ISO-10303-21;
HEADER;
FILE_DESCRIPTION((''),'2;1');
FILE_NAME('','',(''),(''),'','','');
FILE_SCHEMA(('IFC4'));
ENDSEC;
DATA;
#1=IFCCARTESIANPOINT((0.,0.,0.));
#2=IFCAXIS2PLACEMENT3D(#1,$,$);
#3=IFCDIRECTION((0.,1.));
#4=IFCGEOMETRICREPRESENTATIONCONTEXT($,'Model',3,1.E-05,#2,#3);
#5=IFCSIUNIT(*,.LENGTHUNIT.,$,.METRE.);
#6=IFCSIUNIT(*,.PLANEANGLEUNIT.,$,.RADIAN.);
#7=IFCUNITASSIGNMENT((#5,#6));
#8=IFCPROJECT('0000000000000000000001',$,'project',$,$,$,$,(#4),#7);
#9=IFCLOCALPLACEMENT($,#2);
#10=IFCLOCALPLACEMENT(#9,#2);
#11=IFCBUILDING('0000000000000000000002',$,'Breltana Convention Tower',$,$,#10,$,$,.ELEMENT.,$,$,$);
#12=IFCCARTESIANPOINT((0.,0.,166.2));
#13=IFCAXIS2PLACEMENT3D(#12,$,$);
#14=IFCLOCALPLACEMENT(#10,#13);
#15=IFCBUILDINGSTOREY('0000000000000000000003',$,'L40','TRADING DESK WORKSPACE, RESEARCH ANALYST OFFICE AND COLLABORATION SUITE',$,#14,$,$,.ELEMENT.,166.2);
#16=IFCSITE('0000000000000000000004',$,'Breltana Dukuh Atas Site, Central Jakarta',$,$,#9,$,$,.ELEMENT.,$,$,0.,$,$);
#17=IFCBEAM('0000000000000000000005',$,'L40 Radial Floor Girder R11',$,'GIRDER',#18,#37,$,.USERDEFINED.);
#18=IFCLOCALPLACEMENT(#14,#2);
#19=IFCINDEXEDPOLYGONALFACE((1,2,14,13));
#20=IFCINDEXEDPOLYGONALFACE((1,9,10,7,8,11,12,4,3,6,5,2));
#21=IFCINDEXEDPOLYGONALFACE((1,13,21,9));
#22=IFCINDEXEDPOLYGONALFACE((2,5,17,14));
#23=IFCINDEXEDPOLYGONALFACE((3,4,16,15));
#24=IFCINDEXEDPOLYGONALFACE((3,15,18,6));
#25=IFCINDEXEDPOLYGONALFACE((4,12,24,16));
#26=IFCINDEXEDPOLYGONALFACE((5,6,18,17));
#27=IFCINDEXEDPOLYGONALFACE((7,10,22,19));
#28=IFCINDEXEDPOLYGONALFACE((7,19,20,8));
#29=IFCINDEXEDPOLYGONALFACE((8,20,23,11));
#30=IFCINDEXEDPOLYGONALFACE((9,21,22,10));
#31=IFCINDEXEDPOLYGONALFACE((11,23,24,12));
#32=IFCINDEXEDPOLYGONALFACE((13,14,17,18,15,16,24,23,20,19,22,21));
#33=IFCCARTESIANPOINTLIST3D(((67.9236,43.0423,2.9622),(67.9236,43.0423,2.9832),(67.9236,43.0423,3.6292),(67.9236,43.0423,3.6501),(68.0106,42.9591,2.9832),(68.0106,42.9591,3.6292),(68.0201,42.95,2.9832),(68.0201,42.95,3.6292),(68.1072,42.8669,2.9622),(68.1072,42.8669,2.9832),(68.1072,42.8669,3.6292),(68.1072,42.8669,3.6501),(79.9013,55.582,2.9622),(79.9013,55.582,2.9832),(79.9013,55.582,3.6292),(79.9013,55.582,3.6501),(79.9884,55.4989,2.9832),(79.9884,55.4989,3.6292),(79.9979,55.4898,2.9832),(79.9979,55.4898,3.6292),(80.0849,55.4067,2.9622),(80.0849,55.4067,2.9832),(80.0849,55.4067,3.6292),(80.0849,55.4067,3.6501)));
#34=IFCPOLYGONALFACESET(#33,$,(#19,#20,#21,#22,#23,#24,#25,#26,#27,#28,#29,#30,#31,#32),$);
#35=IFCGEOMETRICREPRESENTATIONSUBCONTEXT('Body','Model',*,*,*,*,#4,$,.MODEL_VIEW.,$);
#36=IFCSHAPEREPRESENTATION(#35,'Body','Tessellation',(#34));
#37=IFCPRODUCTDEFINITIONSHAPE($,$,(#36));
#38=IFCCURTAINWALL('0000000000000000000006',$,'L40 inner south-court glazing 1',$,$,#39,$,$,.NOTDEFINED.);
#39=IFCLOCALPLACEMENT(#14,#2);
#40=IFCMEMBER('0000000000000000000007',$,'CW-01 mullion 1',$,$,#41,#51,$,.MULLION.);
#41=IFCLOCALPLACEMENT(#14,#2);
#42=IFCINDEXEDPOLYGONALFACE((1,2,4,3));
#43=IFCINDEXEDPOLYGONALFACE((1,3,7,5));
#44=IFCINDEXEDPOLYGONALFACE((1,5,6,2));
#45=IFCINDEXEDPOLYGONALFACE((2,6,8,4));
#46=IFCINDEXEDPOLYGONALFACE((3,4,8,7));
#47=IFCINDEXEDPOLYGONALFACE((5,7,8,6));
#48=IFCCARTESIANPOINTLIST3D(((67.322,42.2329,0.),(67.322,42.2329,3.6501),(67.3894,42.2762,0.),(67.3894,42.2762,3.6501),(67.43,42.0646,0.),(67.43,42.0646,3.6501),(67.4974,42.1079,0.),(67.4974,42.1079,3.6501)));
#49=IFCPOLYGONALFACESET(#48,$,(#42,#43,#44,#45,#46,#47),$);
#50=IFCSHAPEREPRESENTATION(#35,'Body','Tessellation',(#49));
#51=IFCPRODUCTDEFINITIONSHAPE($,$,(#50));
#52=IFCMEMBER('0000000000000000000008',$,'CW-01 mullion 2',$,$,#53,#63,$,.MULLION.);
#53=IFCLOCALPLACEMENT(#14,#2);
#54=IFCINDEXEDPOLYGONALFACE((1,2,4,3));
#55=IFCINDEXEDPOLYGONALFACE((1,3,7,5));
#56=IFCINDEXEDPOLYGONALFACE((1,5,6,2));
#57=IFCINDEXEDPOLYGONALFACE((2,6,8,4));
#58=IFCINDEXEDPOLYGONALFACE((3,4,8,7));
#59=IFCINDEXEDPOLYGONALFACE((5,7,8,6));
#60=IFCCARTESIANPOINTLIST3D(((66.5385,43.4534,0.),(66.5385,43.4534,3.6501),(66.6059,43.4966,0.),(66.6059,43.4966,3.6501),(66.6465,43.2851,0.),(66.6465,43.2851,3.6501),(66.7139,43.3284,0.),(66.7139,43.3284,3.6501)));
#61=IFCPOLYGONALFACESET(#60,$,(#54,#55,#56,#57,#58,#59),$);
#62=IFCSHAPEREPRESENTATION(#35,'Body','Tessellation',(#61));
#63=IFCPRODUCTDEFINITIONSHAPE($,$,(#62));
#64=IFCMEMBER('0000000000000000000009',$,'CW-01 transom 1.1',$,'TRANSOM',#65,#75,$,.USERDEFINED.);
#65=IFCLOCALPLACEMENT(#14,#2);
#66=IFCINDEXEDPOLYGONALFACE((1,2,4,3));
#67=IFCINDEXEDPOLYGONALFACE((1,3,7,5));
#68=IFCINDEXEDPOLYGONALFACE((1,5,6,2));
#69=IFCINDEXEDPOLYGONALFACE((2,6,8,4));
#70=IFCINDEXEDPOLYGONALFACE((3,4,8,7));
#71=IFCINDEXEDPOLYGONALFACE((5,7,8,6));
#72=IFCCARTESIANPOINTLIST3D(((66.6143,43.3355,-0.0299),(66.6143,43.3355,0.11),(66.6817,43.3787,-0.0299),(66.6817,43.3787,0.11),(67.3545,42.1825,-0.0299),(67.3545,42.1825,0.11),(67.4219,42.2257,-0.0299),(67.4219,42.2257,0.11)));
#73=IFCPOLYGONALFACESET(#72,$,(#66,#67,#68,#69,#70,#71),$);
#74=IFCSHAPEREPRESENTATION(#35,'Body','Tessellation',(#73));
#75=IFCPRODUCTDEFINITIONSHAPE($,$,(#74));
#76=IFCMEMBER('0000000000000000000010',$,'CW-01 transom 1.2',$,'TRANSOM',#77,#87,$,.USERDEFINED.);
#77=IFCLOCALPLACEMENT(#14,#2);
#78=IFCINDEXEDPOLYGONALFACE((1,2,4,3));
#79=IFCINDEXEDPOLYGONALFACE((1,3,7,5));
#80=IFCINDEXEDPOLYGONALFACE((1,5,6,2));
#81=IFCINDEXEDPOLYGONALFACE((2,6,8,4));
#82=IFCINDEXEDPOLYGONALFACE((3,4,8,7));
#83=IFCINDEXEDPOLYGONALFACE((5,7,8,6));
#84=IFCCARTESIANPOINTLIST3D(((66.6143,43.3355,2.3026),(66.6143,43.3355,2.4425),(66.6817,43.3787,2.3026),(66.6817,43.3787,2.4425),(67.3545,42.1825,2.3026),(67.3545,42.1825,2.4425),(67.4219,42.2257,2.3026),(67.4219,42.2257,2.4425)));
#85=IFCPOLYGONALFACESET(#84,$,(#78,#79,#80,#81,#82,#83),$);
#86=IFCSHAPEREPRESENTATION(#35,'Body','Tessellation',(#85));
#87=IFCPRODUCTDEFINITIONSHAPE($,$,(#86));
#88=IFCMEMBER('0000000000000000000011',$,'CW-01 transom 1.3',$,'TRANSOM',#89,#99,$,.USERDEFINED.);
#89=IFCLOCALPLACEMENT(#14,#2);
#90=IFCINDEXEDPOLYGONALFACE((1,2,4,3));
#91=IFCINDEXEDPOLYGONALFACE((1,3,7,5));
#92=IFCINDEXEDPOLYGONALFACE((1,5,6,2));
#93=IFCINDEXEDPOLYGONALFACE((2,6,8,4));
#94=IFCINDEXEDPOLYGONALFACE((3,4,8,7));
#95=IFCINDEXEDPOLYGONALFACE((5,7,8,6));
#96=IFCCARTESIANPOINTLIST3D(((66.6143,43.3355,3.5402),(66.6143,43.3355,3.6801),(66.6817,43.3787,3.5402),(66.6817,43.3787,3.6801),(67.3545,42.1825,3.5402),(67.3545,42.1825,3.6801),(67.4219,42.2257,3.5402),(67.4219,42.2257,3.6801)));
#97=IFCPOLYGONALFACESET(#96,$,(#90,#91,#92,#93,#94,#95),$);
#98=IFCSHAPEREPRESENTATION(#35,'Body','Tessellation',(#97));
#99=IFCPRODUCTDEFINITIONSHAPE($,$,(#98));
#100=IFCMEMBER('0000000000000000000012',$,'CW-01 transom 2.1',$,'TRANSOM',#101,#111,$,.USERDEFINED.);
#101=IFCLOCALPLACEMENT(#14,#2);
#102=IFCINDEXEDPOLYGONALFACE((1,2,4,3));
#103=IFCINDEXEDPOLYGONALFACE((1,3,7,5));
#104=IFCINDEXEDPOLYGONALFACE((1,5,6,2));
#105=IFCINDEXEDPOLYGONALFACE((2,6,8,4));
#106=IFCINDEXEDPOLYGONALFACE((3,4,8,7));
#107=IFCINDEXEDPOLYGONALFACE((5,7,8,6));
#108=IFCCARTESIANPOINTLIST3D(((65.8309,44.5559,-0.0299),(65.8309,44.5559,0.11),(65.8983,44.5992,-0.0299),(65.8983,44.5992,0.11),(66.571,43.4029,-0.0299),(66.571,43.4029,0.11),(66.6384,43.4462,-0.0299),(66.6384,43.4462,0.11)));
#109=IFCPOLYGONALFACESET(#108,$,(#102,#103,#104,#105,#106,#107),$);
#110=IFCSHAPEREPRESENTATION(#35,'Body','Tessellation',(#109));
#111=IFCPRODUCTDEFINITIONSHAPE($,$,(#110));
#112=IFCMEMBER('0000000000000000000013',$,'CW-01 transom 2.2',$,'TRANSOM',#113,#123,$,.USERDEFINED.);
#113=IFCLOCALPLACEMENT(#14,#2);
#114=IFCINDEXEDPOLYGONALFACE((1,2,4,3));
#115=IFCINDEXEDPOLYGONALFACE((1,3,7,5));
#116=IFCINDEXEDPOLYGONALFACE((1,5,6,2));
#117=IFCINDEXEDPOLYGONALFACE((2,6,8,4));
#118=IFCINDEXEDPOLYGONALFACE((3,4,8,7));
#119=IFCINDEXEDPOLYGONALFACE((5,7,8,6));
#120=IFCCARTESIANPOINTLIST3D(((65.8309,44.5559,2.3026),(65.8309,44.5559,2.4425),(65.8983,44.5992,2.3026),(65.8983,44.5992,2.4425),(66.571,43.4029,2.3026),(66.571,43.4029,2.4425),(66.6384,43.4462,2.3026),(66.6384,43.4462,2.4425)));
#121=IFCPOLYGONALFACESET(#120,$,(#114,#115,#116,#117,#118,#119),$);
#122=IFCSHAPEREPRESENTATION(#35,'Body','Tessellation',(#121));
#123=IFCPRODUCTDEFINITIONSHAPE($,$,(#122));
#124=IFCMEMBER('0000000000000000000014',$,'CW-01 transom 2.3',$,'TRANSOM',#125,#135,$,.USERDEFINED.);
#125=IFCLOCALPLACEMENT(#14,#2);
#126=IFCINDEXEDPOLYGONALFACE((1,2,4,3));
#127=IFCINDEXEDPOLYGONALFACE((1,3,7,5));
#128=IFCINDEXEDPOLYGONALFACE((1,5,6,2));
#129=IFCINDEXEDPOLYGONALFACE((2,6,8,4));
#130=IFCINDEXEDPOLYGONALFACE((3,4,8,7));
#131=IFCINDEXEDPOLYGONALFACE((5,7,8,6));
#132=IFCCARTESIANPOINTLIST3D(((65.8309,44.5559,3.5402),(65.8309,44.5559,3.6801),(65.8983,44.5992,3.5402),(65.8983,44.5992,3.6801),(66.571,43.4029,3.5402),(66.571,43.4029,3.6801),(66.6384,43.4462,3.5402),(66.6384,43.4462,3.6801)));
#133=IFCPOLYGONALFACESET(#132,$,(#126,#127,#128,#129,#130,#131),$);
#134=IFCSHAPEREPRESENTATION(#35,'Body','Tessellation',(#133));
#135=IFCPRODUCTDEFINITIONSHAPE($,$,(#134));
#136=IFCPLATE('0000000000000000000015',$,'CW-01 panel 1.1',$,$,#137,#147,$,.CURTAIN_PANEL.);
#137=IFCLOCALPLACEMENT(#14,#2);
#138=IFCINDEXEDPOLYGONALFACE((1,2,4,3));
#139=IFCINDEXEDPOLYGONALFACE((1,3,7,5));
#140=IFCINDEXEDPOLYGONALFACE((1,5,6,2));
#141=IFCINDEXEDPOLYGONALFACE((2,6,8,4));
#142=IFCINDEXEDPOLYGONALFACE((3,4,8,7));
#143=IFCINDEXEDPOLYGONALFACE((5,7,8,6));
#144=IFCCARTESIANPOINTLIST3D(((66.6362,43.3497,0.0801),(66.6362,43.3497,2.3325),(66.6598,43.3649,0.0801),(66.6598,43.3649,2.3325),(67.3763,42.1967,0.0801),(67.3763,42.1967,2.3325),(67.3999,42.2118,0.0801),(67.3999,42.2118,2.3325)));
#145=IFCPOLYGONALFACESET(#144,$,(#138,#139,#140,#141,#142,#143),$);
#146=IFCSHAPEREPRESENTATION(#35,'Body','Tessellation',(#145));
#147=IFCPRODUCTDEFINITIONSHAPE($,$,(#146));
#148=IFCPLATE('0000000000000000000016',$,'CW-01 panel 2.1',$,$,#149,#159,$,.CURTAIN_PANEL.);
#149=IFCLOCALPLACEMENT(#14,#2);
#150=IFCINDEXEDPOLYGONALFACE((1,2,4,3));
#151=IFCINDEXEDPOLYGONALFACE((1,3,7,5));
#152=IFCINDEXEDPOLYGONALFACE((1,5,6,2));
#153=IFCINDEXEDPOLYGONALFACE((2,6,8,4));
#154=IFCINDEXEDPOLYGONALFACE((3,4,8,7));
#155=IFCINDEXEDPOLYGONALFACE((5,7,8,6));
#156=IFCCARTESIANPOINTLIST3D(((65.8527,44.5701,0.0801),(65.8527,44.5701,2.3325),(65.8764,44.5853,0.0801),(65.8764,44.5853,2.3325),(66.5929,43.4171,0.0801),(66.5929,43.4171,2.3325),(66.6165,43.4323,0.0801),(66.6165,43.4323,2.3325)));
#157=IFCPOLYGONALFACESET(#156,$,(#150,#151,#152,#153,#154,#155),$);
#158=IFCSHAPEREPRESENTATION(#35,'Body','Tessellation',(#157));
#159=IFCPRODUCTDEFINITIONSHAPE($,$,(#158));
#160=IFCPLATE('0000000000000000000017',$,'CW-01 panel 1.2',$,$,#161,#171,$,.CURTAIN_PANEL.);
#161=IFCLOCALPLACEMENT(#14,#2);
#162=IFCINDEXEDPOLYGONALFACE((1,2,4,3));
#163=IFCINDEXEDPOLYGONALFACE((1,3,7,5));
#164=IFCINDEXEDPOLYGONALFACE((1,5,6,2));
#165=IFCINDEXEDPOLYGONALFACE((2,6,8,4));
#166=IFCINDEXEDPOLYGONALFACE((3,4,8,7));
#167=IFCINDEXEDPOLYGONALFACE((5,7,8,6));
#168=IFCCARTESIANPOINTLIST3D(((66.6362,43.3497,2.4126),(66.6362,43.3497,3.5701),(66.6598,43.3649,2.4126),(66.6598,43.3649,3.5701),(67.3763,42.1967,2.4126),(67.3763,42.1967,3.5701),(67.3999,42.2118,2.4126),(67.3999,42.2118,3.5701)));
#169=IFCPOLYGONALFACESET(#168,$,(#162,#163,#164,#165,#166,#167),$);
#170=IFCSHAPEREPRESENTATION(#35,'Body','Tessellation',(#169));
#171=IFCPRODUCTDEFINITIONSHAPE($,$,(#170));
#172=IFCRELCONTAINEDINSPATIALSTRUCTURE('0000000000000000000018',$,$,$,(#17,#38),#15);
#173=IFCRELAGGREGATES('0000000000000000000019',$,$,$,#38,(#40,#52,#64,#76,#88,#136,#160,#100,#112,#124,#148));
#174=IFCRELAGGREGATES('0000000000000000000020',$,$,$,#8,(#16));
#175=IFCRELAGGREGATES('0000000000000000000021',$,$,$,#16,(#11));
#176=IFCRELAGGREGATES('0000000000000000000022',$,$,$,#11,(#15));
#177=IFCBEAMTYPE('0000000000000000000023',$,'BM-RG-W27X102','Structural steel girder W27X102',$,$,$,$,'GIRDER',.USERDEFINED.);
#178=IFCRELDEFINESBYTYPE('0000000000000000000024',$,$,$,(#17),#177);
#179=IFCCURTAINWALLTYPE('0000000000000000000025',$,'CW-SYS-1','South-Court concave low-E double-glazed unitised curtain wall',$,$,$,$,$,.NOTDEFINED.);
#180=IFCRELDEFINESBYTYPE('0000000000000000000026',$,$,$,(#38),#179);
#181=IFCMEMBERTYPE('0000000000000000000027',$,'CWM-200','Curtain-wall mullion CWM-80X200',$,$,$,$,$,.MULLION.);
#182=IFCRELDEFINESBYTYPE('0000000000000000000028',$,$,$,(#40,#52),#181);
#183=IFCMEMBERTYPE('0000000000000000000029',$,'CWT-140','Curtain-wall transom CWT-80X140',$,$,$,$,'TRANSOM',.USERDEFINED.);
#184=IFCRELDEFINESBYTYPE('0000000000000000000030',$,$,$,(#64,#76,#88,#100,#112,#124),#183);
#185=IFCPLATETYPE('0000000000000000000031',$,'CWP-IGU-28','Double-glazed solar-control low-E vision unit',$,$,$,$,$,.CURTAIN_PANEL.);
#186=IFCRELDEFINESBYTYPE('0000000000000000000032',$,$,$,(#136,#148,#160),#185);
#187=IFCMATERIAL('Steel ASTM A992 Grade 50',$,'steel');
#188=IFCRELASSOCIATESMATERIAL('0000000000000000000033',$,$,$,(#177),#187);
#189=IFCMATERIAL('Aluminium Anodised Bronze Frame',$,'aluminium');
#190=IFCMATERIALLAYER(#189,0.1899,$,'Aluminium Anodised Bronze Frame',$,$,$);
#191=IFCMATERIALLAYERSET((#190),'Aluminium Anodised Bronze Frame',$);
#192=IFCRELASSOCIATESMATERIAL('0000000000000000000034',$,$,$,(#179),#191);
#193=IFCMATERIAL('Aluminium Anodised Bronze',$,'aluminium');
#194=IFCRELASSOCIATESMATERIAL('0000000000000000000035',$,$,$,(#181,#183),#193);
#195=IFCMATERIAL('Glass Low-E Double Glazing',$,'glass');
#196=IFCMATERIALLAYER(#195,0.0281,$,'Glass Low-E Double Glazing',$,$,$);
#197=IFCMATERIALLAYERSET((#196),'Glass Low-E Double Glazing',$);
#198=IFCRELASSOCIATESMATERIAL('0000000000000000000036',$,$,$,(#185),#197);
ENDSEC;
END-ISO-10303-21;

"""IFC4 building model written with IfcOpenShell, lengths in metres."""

from ifc_helpers import new_model, si_unit, direction, frame, origin, origin_2d, place, context, subcontext, project, spatial, rectangle, i_section, extrude, source, transform, mapped, material, layer, layer_set, material_profile, profile_set, type_object, type_shapes, element, aggregate, save


model = new_model("IFC4")

# Units and contexts
model_context = context("Model", 3, precision=1e-05, world=origin(), true_north=direction((0.0, 1.0)))
body_context = subcontext(model_context, "Body", "Model", "MODEL_VIEW")
ifc_project = project(units=[si_unit("LENGTHUNIT", "METRE"), si_unit("PLANEANGLEUNIT", "RADIAN")], contexts=[model_context])

# Site, building, storey
site_placement = place(None, origin())
site = spatial("IfcSite", under=ifc_project, at=site_placement, Name="Breltana Dukuh Atas Site, Central Jakarta", CompositionType="ELEMENT", RefElevation=0.0)
building_placement = place(site_placement, origin())
building = spatial("IfcBuilding", under=site, at=building_placement, Name="Breltana Convention Tower", CompositionType="ELEMENT")
storey_placement = place(building_placement, frame((0.0, 0.0, 166.2)))
storey = spatial("IfcBuildingStorey", under=building, at=storey_placement, Name="L40", Description="TRADING DESK WORKSPACE, RESEARCH ANALYST OFFICE AND COLLABORATION SUITE", CompositionType="ELEMENT", Elevation=166.2)

# Beam
ifc_material_1 = material(Name="Steel ASTM A992 Grade 50", Category="steel")
ifc_material_profile_1 = material_profile(ifc_material_1, i_section(OverallWidth=0.2539, OverallDepth=0.688, WebThickness=0.0132, FlangeThickness=0.021, at=origin_2d()), Name="W27X102")
ifc_profile_set_1 = profile_set([ifc_material_profile_1], Name="Steel ASTM A992 Grade 50")
beam_type = type_object("IfcBeamType", Name="BM-RG-W27X102", Description="Structural steel girder W27X102", ElementType="GIRDER", PredefinedType="USERDEFINED", material=ifc_profile_set_1)
shared_shape_1 = source(origin(), body_context, "Body", "SweptSolid", [
    extrude(i_section(OverallWidth=0.2539, OverallDepth=0.688, WebThickness=0.0132, FlangeThickness=0.021, at=origin_2d()), origin(), (0.0, 0.0, 1.0), 17.3411),
])
type_shapes(beam_type, [shared_shape_1])
beam_placement = place(storey_placement, frame((68.0154, 42.9546, 3.3062), z_axis=(0.690716, 0.723126, 0.0), x_axis=(-0.723126, 0.690716, 0.0)))
element("IfcBeam", 1, at=beam_placement, inside=storey, type_object=beam_type, Name="L40 Radial Floor Girder R11", ObjectType="GIRDER", PredefinedType="USERDEFINED", context=body_context, shape_type="MappedRepresentation", body=[
    mapped(shared_shape_1, transform((0.0, 0.0, 0.0), scale=1.0)),
])

# Curtain wall, members, plates
ifc_material_2 = material(Name="Aluminium Anodised Bronze Frame", Category="aluminium")
ifc_layer_1 = layer(ifc_material_2, 0.1899, Name="Aluminium Anodised Bronze Frame")
ifc_layer_set_1 = layer_set([ifc_layer_1], Name="Aluminium Anodised Bronze Frame")
curtain_wall_type = type_object("IfcCurtainWallType", Name="CW-SYS-1", Description="South-Court concave low-E double-glazed unitised curtain wall", PredefinedType="NOTDEFINED", material=ifc_layer_set_1)
curtain_wall_placement = place(storey_placement, origin())
curtain_wall = element("IfcCurtainWall", 2, at=curtain_wall_placement, inside=storey, type_object=curtain_wall_type, Name="L40 inner south-court glazing 1", PredefinedType="NOTDEFINED")
ifc_material_3 = material(Name="Aluminium Anodised Bronze", Category="aluminium")
ifc_material_profile_2 = material_profile(ifc_material_3, rectangle(XDim=0.0801, YDim=0.2, at=origin_2d()), Name="CWM-80X200")
ifc_profile_set_2 = profile_set([ifc_material_profile_2], Name="Aluminium Anodised Bronze")
member_type_1 = type_object("IfcMemberType", Name="CWM-200", Description="Curtain-wall mullion CWM-80X200", PredefinedType="MULLION", material=ifc_profile_set_2)
shared_shape_2 = source(origin(), body_context, "Body", "SweptSolid", [
    extrude(rectangle(XDim=0.0801, YDim=0.2, at=origin_2d()), origin(), (0.0, 0.0, 1.0), 3.6501),
])
member_1_placement = place(storey_placement, frame((67.4097, 42.1704, 0.0), z_axis=(0.0, 0.0, 1.0), x_axis=(-0.841547, -0.540184, 0.0)))
member_1 = element("IfcMember", 3, at=member_1_placement, type_object=member_type_1, Name="CW-01 mullion 1", PredefinedType="MULLION", context=body_context, shape_type="MappedRepresentation", body=[
    mapped(shared_shape_2, transform((0.0, 0.0, 0.0), scale=1.0)),
])
member_2_placement = place(storey_placement, frame((66.6262, 43.3909, 0.0), z_axis=(0.0, 0.0, 1.0), x_axis=(-0.841547, -0.540184, 0.0)))
member_2 = element("IfcMember", 4, at=member_2_placement, type_object=member_type_1, Name="CW-01 mullion 2", PredefinedType="MULLION", context=body_context, shape_type="MappedRepresentation", body=[
    mapped(shared_shape_2, transform((0.0, 0.0, 0.0), scale=1.0)),
])
ifc_material_profile_3 = material_profile(ifc_material_3, rectangle(XDim=0.0801, YDim=0.1399, at=origin_2d()), Name="CWT-80X140")
ifc_profile_set_3 = profile_set([ifc_material_profile_3], Name="Aluminium Anodised Bronze")
member_type_2 = type_object("IfcMemberType", Name="CWT-140", Description="Curtain-wall transom CWT-80X140", ElementType="TRANSOM", PredefinedType="USERDEFINED", material=ifc_profile_set_3)
shared_shape_3 = source(origin(), body_context, "Body", "SweptSolid", [
    extrude(rectangle(XDim=0.0801, YDim=0.1399, at=origin_2d()), origin(), (0.0, 0.0, 1.0), 1.3701),
])
member_3_placement = place(storey_placement, frame((67.3882, 42.2041, 0.04), z_axis=(-0.540226, 0.84152, 0.0), x_axis=(-0.84152, -0.540226, 0.0)))
member_3 = element("IfcMember", 5, at=member_3_placement, type_object=member_type_2, Name="CW-01 transom 1.1", ObjectType="TRANSOM", PredefinedType="USERDEFINED", context=body_context, shape_type="MappedRepresentation", body=[
    mapped(shared_shape_3, transform((0.0, 0.0, 0.0), scale=1.0)),
])
member_4_placement = place(storey_placement, frame((67.3882, 42.2041, 2.3726), z_axis=(-0.540226, 0.84152, 0.0), x_axis=(-0.84152, -0.540226, 0.0)))
member_4 = element("IfcMember", 6, at=member_4_placement, type_object=member_type_2, Name="CW-01 transom 1.2", ObjectType="TRANSOM", PredefinedType="USERDEFINED", context=body_context, shape_type="MappedRepresentation", body=[
    mapped(shared_shape_3, transform((0.0, 0.0, 0.0), scale=1.0)),
])
member_5_placement = place(storey_placement, frame((67.3882, 42.2041, 3.6101), z_axis=(-0.540226, 0.84152, 0.0), x_axis=(-0.84152, -0.540226, 0.0)))
member_5 = element("IfcMember", 7, at=member_5_placement, type_object=member_type_2, Name="CW-01 transom 1.3", ObjectType="TRANSOM", PredefinedType="USERDEFINED", context=body_context, shape_type="MappedRepresentation", body=[
    mapped(shared_shape_3, transform((0.0, 0.0, 0.0), scale=1.0)),
])
member_6_placement = place(storey_placement, frame((66.6047, 43.4246, 0.04), z_axis=(-0.540226, 0.84152, 0.0), x_axis=(-0.84152, -0.540226, 0.0)))
member_6 = element("IfcMember", 8, at=member_6_placement, type_object=member_type_2, Name="CW-01 transom 2.1", ObjectType="TRANSOM", PredefinedType="USERDEFINED", context=body_context, shape_type="MappedRepresentation", body=[
    mapped(shared_shape_3, transform((0.0, 0.0, 0.0), scale=1.0)),
])
member_7_placement = place(storey_placement, frame((66.6047, 43.4246, 2.3726), z_axis=(-0.540226, 0.84152, 0.0), x_axis=(-0.84152, -0.540226, 0.0)))
member_7 = element("IfcMember", 9, at=member_7_placement, type_object=member_type_2, Name="CW-01 transom 2.2", ObjectType="TRANSOM", PredefinedType="USERDEFINED", context=body_context, shape_type="MappedRepresentation", body=[
    mapped(shared_shape_3, transform((0.0, 0.0, 0.0), scale=1.0)),
])
member_8_placement = place(storey_placement, frame((66.6047, 43.4246, 3.6101), z_axis=(-0.540226, 0.84152, 0.0), x_axis=(-0.84152, -0.540226, 0.0)))
member_8 = element("IfcMember", 10, at=member_8_placement, type_object=member_type_2, Name="CW-01 transom 2.3", ObjectType="TRANSOM", PredefinedType="USERDEFINED", context=body_context, shape_type="MappedRepresentation", body=[
    mapped(shared_shape_3, transform((0.0, 0.0, 0.0), scale=1.0)),
])
ifc_material_4 = material(Name="Glass Low-E Double Glazing", Category="glass")
ifc_layer_2 = layer(ifc_material_4, 0.0281, Name="Glass Low-E Double Glazing")
ifc_layer_set_2 = layer_set([ifc_layer_2], Name="Glass Low-E Double Glazing")
plate_type = type_object("IfcPlateType", Name="CWP-IGU-28", Description="Double-glazed solar-control low-E vision unit", PredefinedType="CURTAIN_PANEL", material=ifc_layer_set_2)
shared_shape_4 = source(origin(), body_context, "Body", "SweptSolid", [
    extrude(rectangle(XDim=1.3701, YDim=0.0281, at=origin_2d()), origin(), (0.0, 0.0, 1.0), 2.2524),
])
plate_1_placement = place(storey_placement, frame((67.0181, 42.7808, 0.0801), z_axis=(0.0, 0.0, 1.0), x_axis=(-0.540184, 0.841547, 0.0)))
plate_1 = element("IfcPlate", 11, at=plate_1_placement, type_object=plate_type, Name="CW-01 panel 1.1", PredefinedType="CURTAIN_PANEL", context=body_context, shape_type="MappedRepresentation", body=[
    mapped(shared_shape_4, transform((0.0, 0.0, 0.0), scale=1.0)),
])
plate_2_placement = place(storey_placement, frame((66.2346, 44.0012, 0.0801), z_axis=(0.0, 0.0, 1.0), x_axis=(-0.540184, 0.841547, 0.0)))
plate_2 = element("IfcPlate", 12, at=plate_2_placement, type_object=plate_type, Name="CW-01 panel 2.1", PredefinedType="CURTAIN_PANEL", context=body_context, shape_type="MappedRepresentation", body=[
    mapped(shared_shape_4, transform((0.0, 0.0, 0.0), scale=1.0)),
])
shared_shape_5 = source(origin(), body_context, "Body", "SweptSolid", [
    extrude(rectangle(XDim=1.3701, YDim=0.0281, at=origin_2d()), origin(), (0.0, 0.0, 1.0), 1.1575),
])
plate_3_placement = place(storey_placement, frame((67.0181, 42.7808, 2.4126), z_axis=(0.0, 0.0, 1.0), x_axis=(-0.540184, 0.841547, 0.0)))
plate_3 = element("IfcPlate", 13, at=plate_3_placement, type_object=plate_type, Name="CW-01 panel 1.2", PredefinedType="CURTAIN_PANEL", context=body_context, shape_type="MappedRepresentation", body=[
    mapped(shared_shape_5, transform((0.0, 0.0, 0.0), scale=1.0)),
])
aggregate(curtain_wall, [member_1, member_2, member_3, member_4, member_5, plate_1, plate_3, member_6, member_7, member_8, plate_2])

save(model, "model.ifc")
